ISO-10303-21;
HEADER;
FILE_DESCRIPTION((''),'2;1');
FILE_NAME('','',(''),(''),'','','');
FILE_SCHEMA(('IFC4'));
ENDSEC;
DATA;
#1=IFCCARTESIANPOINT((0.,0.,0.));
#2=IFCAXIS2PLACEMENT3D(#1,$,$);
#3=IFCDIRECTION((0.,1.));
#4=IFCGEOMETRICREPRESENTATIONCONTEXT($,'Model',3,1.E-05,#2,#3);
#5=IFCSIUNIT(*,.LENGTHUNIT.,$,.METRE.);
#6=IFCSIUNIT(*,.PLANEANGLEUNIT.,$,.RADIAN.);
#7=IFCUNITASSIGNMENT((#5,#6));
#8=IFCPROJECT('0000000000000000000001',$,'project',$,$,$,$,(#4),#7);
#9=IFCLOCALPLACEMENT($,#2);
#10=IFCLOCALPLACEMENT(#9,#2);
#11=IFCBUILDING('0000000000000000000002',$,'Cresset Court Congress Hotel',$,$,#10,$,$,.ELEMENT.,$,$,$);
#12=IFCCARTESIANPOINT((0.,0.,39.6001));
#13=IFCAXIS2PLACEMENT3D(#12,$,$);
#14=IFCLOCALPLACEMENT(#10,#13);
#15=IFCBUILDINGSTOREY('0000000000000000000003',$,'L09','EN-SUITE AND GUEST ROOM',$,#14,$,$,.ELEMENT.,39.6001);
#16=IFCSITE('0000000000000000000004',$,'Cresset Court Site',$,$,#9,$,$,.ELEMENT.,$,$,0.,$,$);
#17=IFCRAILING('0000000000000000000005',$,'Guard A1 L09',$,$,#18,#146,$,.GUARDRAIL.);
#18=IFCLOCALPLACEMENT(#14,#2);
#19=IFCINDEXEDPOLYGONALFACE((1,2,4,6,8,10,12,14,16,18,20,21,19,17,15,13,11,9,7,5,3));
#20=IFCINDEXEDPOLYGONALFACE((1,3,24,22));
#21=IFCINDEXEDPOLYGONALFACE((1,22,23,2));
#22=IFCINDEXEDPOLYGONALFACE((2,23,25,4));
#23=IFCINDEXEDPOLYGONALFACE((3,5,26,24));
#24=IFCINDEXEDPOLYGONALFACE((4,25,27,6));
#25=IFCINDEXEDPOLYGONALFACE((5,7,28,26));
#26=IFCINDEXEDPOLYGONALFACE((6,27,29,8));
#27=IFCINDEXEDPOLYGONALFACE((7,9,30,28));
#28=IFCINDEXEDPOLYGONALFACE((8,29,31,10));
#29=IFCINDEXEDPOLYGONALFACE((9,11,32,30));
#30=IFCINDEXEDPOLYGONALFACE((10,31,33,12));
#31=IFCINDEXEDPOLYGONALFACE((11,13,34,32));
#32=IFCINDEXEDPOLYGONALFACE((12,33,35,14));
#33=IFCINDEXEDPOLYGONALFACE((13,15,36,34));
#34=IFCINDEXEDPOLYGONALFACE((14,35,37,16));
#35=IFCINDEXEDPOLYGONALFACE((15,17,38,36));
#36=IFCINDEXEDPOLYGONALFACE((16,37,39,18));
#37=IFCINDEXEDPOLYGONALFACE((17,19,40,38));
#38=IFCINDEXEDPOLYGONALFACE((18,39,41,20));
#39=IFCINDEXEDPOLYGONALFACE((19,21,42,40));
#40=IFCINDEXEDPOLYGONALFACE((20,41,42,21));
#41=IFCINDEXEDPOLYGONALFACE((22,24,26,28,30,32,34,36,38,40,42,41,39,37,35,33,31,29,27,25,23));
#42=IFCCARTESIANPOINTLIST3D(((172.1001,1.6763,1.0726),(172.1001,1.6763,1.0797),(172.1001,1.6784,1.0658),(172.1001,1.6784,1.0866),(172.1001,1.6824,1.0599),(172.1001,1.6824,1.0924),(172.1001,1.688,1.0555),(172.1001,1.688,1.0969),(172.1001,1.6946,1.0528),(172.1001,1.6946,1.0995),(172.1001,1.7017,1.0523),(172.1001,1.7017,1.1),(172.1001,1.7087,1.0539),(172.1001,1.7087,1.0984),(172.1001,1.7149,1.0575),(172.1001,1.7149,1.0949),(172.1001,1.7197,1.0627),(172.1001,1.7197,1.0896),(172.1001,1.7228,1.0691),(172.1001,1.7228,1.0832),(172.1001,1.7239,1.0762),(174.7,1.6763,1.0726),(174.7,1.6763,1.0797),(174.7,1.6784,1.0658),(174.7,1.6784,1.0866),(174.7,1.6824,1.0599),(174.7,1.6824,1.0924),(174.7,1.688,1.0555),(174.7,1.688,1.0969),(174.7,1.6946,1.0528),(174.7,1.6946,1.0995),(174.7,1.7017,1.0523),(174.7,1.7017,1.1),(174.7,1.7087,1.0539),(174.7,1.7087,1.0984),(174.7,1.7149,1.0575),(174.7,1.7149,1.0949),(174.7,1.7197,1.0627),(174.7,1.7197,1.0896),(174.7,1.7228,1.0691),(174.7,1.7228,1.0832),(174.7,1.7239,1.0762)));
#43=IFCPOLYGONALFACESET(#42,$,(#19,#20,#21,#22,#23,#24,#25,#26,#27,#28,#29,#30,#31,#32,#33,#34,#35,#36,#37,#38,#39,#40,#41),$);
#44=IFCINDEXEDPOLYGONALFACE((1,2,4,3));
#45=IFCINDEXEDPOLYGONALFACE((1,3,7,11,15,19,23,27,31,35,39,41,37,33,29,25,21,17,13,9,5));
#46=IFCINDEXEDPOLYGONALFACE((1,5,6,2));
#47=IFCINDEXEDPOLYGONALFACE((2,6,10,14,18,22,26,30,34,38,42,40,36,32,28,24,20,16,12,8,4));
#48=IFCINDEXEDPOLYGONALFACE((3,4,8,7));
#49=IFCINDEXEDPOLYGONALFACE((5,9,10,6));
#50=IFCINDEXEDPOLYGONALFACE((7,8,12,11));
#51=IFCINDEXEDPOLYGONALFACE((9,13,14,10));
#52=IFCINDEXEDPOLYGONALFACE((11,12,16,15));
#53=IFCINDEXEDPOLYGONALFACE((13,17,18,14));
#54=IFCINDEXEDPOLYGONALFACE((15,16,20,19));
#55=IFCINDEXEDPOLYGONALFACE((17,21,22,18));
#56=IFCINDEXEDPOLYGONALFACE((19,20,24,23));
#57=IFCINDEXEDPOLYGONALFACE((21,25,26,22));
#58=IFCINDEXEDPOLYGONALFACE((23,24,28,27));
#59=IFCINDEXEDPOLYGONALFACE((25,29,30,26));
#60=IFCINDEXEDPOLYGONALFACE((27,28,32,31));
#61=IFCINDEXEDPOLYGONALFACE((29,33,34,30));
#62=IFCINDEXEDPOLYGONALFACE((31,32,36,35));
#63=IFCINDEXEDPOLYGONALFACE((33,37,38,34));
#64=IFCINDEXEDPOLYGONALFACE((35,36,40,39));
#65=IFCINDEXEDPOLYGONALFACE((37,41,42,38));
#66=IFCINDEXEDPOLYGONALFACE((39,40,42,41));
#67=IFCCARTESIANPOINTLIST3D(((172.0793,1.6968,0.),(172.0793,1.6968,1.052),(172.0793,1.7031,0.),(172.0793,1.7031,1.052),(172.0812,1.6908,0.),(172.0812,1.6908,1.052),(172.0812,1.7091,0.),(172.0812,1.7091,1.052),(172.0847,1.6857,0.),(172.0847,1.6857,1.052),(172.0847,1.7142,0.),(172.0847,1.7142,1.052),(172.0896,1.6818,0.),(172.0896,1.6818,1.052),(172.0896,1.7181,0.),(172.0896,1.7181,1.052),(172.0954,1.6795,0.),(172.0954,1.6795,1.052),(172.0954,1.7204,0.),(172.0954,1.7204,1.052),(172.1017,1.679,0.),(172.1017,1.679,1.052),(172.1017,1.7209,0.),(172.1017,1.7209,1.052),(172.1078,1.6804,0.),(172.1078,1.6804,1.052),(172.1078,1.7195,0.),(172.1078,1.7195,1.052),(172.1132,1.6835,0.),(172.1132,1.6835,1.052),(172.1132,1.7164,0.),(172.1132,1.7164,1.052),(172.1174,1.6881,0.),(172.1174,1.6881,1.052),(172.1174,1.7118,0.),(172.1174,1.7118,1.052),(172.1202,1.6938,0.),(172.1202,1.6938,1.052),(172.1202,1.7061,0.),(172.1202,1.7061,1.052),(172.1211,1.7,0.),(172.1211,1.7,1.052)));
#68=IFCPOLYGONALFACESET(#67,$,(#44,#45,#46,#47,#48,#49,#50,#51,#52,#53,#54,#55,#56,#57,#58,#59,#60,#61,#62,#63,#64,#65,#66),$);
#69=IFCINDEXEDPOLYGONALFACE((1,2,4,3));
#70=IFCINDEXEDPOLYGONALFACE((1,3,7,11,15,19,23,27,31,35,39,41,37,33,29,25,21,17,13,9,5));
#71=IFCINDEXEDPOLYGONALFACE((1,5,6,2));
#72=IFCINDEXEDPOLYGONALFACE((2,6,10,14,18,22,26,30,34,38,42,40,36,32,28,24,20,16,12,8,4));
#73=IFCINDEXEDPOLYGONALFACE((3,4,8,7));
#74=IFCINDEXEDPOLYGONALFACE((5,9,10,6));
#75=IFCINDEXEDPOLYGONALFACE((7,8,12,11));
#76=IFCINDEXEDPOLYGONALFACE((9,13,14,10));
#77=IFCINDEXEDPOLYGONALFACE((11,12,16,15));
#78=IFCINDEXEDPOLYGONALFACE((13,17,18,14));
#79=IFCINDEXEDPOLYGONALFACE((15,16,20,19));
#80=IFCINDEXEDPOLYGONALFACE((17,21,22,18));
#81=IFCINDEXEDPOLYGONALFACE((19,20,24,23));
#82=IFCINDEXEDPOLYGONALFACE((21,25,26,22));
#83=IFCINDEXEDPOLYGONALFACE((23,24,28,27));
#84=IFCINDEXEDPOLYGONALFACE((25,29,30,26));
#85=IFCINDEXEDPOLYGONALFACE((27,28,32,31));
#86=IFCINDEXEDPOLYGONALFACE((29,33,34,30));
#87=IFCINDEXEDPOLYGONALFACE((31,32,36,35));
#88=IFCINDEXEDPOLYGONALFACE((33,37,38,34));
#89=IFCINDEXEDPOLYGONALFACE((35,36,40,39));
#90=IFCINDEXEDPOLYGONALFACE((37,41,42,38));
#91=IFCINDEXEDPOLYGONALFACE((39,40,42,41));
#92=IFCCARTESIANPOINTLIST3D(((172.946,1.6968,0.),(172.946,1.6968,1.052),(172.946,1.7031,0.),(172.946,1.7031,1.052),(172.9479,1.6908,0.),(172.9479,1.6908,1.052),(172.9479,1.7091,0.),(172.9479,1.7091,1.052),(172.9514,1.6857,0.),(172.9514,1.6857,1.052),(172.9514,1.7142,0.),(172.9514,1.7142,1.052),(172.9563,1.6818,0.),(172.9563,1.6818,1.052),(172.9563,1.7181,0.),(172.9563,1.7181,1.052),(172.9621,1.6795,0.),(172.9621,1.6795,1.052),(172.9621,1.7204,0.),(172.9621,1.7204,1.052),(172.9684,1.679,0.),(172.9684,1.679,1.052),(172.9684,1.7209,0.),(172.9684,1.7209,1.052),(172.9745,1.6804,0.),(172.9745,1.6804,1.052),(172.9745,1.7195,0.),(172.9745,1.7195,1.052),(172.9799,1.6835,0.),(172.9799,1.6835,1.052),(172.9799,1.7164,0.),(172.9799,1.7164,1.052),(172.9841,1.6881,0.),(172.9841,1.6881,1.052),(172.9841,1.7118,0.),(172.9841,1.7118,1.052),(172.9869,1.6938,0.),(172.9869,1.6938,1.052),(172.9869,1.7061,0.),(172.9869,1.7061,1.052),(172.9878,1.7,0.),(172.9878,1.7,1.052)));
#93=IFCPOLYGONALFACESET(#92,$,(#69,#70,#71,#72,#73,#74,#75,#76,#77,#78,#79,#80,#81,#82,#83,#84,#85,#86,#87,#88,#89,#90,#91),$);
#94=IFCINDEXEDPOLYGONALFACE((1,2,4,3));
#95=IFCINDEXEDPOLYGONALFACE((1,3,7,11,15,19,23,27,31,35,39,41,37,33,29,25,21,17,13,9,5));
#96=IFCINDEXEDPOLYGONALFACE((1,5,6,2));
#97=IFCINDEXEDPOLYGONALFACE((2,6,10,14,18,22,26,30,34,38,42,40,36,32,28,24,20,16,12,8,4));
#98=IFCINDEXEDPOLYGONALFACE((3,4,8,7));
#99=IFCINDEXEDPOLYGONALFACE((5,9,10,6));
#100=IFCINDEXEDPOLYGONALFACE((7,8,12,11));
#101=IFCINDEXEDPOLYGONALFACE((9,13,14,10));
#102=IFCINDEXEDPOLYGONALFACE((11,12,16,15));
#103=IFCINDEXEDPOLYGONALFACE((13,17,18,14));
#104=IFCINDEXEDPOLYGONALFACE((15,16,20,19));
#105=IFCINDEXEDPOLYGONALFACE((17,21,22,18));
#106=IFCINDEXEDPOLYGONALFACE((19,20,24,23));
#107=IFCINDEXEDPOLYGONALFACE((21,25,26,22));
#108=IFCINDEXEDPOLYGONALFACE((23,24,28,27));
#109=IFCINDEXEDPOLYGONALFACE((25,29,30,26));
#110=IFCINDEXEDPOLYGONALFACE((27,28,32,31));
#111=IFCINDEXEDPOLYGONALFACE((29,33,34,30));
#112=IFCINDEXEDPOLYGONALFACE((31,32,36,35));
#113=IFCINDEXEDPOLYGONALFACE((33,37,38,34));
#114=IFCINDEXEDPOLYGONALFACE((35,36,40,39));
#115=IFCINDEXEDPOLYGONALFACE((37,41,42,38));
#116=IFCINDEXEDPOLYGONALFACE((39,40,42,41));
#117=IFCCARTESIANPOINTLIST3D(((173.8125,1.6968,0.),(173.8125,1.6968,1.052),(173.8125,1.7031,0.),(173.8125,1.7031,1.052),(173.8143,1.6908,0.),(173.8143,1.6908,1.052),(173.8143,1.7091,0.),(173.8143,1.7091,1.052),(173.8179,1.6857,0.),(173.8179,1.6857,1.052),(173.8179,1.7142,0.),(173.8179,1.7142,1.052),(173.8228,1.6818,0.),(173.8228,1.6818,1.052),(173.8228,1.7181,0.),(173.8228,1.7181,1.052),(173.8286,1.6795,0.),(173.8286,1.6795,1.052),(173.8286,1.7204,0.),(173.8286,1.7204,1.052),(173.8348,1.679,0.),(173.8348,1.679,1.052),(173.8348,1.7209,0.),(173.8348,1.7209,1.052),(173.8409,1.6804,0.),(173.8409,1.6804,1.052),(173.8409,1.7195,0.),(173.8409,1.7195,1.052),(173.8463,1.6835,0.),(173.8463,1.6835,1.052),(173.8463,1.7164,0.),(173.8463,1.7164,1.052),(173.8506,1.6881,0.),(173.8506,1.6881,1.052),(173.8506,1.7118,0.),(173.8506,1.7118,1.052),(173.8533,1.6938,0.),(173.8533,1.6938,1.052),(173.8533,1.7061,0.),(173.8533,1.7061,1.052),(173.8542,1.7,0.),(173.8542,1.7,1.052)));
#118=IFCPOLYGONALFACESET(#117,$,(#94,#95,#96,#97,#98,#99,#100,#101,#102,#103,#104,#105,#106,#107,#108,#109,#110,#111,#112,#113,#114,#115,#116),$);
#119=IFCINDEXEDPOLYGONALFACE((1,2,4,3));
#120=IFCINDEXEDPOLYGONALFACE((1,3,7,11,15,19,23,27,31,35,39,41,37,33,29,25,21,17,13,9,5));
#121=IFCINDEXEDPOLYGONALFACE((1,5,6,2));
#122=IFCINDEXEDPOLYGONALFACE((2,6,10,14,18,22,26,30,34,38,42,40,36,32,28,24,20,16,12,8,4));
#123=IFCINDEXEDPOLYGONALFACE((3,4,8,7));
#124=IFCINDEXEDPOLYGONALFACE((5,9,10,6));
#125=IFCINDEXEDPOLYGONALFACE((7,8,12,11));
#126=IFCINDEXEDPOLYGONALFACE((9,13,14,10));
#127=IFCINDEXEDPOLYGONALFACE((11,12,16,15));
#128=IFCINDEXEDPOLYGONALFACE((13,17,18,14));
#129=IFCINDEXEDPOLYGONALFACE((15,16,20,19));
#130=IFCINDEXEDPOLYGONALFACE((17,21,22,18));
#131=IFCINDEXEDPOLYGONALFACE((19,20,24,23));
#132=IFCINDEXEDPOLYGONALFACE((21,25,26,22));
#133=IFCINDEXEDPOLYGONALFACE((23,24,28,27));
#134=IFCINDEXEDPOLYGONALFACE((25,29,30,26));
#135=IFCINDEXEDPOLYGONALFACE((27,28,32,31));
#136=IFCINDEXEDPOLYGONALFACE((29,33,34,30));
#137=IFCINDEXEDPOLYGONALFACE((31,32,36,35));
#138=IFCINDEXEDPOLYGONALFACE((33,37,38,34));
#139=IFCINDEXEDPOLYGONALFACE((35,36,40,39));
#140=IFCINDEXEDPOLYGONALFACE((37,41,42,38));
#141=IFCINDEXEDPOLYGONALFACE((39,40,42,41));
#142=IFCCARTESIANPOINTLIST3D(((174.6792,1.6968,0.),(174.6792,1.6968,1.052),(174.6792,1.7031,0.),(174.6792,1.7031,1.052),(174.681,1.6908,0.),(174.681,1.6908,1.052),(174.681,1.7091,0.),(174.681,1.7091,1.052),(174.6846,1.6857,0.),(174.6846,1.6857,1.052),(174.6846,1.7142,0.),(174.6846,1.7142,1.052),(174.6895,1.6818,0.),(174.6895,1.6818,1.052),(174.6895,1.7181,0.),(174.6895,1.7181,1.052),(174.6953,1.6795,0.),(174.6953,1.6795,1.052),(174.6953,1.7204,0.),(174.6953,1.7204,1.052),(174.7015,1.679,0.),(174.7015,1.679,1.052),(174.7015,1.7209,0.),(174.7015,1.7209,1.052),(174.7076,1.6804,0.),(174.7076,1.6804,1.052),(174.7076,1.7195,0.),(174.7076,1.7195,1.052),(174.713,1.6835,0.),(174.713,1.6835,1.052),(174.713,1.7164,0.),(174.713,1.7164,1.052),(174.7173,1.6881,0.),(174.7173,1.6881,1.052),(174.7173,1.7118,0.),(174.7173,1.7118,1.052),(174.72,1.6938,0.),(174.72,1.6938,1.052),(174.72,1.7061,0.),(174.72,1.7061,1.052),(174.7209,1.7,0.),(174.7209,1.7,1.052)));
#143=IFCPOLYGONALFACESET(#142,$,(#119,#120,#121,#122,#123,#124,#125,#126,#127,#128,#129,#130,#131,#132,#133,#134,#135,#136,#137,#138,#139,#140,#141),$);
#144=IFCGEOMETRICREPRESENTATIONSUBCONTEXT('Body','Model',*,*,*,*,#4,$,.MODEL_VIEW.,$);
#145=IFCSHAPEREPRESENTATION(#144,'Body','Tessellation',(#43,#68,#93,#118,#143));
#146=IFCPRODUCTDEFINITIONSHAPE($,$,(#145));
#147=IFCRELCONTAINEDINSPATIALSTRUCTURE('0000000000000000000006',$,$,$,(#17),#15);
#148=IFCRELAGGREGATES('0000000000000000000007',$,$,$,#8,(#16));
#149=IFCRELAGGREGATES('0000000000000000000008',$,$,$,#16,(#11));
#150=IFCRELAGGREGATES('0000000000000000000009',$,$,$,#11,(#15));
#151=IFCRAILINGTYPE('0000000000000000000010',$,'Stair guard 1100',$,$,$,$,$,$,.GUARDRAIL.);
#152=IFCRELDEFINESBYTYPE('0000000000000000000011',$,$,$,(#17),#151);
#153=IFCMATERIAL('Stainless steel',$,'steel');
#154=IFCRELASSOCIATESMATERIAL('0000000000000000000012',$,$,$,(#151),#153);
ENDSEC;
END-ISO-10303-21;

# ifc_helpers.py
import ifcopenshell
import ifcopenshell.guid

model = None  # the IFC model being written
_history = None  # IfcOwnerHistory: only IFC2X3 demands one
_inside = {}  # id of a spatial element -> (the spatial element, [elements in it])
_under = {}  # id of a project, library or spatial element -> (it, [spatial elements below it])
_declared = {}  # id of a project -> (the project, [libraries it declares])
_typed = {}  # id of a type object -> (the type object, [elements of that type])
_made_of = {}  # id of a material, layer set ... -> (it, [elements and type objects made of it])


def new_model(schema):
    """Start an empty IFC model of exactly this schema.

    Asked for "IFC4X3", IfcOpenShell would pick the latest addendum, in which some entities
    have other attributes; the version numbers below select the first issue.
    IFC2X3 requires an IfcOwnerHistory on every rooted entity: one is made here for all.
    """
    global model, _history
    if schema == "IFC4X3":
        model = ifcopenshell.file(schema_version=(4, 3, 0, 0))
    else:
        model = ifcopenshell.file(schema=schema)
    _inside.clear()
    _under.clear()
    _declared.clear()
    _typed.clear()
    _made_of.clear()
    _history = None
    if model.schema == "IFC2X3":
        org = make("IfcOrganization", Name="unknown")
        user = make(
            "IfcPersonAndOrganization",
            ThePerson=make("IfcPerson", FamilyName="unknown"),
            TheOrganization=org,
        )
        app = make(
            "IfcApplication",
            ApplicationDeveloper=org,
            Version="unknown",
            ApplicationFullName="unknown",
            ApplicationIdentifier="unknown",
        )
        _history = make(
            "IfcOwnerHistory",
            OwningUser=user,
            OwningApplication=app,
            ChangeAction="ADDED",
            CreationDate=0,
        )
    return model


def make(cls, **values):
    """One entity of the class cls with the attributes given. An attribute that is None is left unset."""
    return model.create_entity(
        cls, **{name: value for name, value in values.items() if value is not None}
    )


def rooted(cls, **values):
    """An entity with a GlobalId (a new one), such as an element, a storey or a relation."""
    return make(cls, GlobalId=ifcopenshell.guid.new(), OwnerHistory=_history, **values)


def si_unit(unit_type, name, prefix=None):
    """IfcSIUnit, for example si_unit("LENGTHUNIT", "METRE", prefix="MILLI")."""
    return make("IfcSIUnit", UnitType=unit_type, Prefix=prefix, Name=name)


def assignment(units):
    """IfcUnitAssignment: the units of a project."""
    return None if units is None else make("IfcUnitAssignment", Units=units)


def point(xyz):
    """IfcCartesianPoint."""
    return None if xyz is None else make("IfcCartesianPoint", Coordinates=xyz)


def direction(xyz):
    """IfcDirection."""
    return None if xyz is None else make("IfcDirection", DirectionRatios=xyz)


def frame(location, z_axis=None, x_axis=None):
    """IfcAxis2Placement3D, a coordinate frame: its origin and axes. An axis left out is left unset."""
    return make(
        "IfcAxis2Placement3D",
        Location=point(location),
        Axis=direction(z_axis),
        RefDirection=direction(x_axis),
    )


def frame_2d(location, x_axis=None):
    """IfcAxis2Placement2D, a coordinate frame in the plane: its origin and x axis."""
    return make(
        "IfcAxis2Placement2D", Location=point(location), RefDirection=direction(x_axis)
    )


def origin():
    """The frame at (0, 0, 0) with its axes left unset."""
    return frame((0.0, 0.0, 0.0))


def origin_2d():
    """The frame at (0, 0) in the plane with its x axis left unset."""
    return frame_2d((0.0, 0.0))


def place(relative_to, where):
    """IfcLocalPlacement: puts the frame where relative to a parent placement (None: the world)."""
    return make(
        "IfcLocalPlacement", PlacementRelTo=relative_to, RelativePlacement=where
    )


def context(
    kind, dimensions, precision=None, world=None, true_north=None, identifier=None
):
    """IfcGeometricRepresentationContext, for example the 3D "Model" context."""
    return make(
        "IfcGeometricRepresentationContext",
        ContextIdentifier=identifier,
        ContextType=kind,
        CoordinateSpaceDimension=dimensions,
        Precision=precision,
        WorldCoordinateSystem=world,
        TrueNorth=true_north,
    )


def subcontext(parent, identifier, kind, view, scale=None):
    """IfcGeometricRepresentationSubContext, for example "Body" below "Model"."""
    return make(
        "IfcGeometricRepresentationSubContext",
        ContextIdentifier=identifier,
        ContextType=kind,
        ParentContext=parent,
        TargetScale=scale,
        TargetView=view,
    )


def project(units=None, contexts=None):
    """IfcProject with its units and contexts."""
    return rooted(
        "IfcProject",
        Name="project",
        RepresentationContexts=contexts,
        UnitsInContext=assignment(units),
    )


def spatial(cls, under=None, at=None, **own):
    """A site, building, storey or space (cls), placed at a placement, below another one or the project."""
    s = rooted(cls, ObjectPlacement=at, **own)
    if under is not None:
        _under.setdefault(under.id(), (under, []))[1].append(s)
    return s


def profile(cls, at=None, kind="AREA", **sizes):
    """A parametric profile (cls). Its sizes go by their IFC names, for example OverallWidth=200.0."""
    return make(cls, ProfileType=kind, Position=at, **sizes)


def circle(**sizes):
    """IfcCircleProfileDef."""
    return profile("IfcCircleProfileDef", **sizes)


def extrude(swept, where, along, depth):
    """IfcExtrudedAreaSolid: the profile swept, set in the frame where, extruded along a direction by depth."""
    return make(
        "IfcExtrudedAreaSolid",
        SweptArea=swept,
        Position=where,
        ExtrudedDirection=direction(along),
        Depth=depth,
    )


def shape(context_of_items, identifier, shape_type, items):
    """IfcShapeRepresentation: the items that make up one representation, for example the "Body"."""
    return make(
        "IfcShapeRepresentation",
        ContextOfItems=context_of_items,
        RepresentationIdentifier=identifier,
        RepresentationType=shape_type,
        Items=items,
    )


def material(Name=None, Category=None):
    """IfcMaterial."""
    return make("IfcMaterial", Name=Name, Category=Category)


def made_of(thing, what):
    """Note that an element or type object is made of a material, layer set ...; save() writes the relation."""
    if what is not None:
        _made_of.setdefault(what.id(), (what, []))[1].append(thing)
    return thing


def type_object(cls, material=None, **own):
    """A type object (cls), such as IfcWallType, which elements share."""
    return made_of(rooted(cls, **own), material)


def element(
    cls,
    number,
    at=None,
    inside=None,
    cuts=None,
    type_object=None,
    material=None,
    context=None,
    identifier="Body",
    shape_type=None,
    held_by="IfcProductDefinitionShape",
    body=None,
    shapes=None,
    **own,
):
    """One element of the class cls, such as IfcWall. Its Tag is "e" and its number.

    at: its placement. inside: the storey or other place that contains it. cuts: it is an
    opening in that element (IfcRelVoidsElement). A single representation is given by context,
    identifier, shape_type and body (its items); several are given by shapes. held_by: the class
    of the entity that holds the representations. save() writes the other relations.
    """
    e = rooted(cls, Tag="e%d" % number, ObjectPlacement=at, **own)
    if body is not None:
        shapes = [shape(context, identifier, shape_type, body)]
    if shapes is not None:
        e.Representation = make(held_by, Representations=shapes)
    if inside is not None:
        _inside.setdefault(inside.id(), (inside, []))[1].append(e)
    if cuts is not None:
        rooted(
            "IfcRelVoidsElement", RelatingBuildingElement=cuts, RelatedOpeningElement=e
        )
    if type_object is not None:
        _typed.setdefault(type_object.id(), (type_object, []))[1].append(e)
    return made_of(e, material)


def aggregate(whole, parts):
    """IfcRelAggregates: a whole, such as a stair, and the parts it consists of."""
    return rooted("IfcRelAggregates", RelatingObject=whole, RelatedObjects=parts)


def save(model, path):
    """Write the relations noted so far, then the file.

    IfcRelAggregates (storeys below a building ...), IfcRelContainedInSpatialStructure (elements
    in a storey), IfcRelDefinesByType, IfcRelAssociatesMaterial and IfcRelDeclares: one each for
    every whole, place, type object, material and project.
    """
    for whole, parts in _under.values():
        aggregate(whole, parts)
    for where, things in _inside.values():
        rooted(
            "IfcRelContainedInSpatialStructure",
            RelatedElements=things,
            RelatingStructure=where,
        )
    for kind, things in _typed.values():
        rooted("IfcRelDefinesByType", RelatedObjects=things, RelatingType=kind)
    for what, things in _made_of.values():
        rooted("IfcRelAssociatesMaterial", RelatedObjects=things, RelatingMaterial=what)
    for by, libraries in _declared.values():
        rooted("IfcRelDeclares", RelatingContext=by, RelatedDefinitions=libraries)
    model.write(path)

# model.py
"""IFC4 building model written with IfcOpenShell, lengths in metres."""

from ifc_helpers import new_model, si_unit, direction, frame, origin, origin_2d, place, context, subcontext, project, spatial, circle, extrude, material, type_object, element, save


model = new_model("IFC4")

# Units and contexts
model_context = context("Model", 3, precision=1e-05, world=origin(), true_north=direction((0.0, 1.0)))
body_context = subcontext(model_context, "Body", "Model", "MODEL_VIEW")
ifc_project = project(units=[si_unit("LENGTHUNIT", "METRE"), si_unit("PLANEANGLEUNIT", "RADIAN")], contexts=[model_context])

# Site, building, storey
site_placement = place(None, origin())
site = spatial("IfcSite", under=ifc_project, at=site_placement, Name="Cresset Court Site", CompositionType="ELEMENT", RefElevation=0.0)
building_placement = place(site_placement, origin())
building = spatial("IfcBuilding", under=site, at=building_placement, Name="Cresset Court Congress Hotel", CompositionType="ELEMENT")
storey_placement = place(building_placement, frame((0.0, 0.0, 39.6001)))
storey = spatial("IfcBuildingStorey", under=building, at=storey_placement, Name="L09", Description="EN-SUITE AND GUEST ROOM", CompositionType="ELEMENT", Elevation=39.6001)

# Railing
ifc_material_1 = material(Name="Stainless steel", Category="steel")
railing_type = type_object("IfcRailingType", Name="Stair guard 1100", PredefinedType="GUARDRAIL", material=ifc_material_1)
railing_1_placement = place(storey_placement, frame((172.1001, 1.7, 0.0)))
element("IfcRailing", 1, at=railing_1_placement, inside=storey, type_object=railing_type, Name="Guard A1 L09", PredefinedType="GUARDRAIL", context=body_context, shape_type="SweptSolid", body=[
    extrude(circle(Radius=0.0239, at=origin_2d()), frame((0.0, 0.0, 1.0762), z_axis=(1.0, 0.0, 0.0), x_axis=(0.0, 1.0, 0.0)), (0.0, 0.0, 1.0), 2.5999),
    extrude(circle(Radius=0.021, at=origin_2d()), origin(), (0.0, 0.0, 1.0), 1.052),
    extrude(circle(Radius=0.021, at=origin_2d()), frame((0.8667, 0.0, 0.0)), (0.0, 0.0, 1.0), 1.052),
    extrude(circle(Radius=0.021, at=origin_2d()), frame((1.7332, 0.0, 0.0)), (0.0, 0.0, 1.0), 1.052),
    extrude(circle(Radius=0.021, at=origin_2d()), frame((2.5999, 0.0, 0.0)), (0.0, 0.0, 1.0), 1.052),
])

save(model, "model.ifc")
